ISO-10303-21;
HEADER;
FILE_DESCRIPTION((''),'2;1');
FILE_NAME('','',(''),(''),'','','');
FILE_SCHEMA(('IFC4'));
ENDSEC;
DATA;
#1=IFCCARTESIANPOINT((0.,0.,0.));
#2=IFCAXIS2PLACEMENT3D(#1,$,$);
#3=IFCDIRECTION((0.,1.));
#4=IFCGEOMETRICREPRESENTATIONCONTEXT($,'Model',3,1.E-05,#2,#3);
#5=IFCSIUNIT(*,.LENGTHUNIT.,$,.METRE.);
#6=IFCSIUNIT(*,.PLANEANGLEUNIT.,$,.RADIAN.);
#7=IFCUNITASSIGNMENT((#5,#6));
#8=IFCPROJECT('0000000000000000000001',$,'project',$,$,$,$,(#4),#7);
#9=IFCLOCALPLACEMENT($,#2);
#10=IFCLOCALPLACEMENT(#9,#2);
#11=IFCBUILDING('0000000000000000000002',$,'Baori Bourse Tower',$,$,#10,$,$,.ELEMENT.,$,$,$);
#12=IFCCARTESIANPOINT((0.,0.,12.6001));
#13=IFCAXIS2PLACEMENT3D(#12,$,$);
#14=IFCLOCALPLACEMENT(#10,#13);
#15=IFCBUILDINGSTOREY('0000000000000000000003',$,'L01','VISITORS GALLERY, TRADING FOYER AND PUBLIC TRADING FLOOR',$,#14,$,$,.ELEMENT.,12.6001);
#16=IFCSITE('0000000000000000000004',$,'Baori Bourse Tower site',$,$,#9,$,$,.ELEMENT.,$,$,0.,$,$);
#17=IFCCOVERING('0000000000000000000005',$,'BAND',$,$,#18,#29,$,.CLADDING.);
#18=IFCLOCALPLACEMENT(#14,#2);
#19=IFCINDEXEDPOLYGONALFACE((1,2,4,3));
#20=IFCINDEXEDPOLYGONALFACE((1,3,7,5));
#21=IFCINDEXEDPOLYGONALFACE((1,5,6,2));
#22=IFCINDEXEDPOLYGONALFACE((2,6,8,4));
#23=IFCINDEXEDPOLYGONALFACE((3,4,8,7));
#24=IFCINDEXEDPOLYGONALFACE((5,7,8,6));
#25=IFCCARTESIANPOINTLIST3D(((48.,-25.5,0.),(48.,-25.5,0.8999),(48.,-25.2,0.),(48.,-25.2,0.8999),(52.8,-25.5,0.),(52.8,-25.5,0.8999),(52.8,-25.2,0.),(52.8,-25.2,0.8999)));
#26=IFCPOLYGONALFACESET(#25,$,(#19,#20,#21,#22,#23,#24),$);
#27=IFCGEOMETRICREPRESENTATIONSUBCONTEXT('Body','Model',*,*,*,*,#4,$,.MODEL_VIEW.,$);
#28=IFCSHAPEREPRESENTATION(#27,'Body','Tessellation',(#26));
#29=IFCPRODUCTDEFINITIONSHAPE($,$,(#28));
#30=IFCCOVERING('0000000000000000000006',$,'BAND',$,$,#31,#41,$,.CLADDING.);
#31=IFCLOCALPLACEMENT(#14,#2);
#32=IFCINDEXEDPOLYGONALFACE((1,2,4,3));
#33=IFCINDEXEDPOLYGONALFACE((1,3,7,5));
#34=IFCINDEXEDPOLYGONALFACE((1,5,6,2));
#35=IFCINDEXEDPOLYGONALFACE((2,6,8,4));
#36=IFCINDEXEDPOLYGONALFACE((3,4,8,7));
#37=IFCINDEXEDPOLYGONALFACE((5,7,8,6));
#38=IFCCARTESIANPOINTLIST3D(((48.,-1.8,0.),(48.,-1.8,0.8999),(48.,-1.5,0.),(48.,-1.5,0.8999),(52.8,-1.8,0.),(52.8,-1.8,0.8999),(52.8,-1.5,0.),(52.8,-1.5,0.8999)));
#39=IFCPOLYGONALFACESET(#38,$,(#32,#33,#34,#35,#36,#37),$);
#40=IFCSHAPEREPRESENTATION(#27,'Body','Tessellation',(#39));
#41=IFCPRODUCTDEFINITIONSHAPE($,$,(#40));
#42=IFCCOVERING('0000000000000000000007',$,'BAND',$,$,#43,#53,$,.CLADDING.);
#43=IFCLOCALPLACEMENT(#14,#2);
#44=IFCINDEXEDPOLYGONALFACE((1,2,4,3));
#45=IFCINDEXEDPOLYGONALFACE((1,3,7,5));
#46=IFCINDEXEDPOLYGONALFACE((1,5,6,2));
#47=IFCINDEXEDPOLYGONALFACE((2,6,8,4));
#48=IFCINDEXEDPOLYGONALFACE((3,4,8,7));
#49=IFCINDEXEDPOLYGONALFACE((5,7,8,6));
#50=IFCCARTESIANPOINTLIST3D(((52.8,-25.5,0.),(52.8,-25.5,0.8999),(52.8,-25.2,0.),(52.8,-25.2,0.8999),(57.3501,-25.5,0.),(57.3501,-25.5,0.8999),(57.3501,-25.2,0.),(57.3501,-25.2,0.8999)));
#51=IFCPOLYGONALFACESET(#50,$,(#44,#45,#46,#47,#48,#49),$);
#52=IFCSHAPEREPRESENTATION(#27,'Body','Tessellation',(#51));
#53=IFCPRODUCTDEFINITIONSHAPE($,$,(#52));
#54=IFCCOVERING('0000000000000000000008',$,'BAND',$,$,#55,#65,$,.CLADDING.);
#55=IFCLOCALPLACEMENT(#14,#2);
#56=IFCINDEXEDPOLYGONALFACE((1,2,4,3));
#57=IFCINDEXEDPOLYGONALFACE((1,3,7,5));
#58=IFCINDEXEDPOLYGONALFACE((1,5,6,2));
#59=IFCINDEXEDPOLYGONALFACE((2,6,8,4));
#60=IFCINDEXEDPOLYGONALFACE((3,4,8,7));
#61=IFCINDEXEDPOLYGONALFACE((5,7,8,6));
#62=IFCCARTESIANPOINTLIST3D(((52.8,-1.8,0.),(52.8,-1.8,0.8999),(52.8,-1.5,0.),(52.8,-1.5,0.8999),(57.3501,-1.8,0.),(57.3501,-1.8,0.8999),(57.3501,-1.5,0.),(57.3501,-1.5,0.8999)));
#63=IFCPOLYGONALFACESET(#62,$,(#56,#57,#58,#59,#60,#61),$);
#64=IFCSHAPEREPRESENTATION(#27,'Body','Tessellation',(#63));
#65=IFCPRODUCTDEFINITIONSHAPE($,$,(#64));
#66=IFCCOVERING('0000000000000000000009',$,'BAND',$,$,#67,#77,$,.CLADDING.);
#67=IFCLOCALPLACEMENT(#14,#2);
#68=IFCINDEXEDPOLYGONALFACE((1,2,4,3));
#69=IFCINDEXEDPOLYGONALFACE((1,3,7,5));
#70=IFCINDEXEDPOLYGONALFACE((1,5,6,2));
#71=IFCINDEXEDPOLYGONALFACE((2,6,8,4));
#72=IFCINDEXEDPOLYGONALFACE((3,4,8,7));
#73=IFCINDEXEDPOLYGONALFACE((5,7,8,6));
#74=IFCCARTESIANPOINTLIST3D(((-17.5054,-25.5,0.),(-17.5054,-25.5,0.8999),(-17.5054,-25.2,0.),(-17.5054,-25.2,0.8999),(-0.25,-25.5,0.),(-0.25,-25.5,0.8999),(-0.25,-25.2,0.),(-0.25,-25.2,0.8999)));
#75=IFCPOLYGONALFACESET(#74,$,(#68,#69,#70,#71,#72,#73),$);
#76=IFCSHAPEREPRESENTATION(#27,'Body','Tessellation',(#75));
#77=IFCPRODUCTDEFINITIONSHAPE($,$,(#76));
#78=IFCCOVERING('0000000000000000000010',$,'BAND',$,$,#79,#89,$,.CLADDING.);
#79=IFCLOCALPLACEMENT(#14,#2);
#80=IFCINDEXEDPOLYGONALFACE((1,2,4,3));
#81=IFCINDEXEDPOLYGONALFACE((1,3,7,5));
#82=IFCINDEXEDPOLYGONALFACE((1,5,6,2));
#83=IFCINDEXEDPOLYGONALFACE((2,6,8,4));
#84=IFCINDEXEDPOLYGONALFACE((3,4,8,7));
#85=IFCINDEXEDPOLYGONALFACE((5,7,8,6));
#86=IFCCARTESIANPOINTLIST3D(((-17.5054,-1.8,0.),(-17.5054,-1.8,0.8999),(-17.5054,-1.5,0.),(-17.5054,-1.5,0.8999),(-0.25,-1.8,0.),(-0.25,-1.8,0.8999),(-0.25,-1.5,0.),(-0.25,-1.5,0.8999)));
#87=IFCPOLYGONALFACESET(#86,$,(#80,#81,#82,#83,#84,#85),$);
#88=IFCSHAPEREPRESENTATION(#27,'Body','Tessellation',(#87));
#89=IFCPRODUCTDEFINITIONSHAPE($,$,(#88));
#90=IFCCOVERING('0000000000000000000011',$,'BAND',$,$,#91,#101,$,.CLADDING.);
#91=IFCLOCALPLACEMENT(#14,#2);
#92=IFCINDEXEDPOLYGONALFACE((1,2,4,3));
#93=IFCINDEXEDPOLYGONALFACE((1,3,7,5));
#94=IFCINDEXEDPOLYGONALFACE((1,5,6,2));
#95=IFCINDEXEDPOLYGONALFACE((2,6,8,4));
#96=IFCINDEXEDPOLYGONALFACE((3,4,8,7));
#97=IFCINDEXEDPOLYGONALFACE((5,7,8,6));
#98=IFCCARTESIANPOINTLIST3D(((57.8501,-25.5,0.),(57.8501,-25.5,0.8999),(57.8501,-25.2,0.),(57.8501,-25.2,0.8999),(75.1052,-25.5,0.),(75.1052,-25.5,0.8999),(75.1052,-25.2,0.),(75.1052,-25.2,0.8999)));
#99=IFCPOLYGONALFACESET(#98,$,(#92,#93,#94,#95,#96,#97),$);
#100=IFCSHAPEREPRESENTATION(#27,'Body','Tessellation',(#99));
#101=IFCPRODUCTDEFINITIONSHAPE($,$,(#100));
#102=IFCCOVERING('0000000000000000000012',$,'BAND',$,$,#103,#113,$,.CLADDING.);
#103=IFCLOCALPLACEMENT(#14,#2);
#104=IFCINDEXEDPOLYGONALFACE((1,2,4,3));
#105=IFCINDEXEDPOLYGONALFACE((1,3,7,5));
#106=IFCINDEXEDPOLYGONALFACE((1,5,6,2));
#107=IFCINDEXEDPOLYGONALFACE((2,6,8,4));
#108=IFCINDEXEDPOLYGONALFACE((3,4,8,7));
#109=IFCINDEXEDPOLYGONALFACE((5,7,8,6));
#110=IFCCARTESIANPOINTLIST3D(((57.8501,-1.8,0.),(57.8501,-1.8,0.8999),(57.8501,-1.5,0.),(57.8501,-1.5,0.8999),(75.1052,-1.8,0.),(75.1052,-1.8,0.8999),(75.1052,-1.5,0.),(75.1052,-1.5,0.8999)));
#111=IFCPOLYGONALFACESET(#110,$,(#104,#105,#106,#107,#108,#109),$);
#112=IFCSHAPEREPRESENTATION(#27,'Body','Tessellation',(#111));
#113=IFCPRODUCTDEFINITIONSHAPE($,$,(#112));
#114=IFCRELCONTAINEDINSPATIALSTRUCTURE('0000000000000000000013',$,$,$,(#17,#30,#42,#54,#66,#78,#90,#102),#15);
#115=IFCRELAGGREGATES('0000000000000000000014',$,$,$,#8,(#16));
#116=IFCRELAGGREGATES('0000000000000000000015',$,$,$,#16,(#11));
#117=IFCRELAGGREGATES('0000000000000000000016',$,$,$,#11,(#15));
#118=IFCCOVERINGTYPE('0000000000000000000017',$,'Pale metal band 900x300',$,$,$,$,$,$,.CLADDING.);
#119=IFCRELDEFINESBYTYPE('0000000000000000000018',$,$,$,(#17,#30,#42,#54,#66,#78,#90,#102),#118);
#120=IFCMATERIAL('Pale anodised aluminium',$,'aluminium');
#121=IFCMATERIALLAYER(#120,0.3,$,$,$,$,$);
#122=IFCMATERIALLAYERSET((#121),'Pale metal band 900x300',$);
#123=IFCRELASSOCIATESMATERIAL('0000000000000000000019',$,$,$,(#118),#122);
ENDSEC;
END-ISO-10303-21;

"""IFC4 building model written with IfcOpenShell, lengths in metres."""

from ifc_helpers import new_model, si_unit, direction, frame, origin, place, context, subcontext, project, spatial, polyline, outline, extrude, material, layer, layer_set, type_object, element, save


model = new_model("IFC4")

# Units and contexts
model_context = context("Model", 3, precision=1e-05, world=origin(), true_north=direction((0.0, 1.0)))
body_context = subcontext(model_context, "Body", "Model", "MODEL_VIEW")
ifc_project = project(units=[si_unit("LENGTHUNIT", "METRE"), si_unit("PLANEANGLEUNIT", "RADIAN")], contexts=[model_context])

# Site, building, storey
site_placement = place(None, origin())
site = spatial("IfcSite", under=ifc_project, at=site_placement, Name="Baori Bourse Tower site", CompositionType="ELEMENT", RefElevation=0.0)
building_placement = place(site_placement, origin())
building = spatial("IfcBuilding", under=site, at=building_placement, Name="Baori Bourse Tower", CompositionType="ELEMENT")
storey_placement = place(building_placement, frame((0.0, 0.0, 12.6001)))
storey = spatial("IfcBuildingStorey", under=building, at=storey_placement, Name="L01", Description="VISITORS GALLERY, TRADING FOYER AND PUBLIC TRADING FLOOR", CompositionType="ELEMENT", Elevation=12.6001)

# Coverings
ifc_material_1 = material(Name="Pale anodised aluminium", Category="aluminium")
ifc_layer_1 = layer(ifc_material_1, 0.3)
ifc_layer_set_1 = layer_set([ifc_layer_1], Name="Pale metal band 900x300")
covering_type_1 = type_object("IfcCoveringType", Name="Pale metal band 900x300", PredefinedType="CLADDING", material=ifc_layer_set_1)
covering_1_placement = place(storey_placement, origin())
element("IfcCovering", 1, at=covering_1_placement, inside=storey, type_object=covering_type_1, Name="BAND", PredefinedType="CLADDING", context=body_context, shape_type="SweptSolid", body=[
    extrude(outline(polyline([(48.0, -25.5), (52.8, -25.5), (52.8, -25.2), (48.0, -25.2), (48.0, -25.5)])), origin(), (0.0, 0.0, 1.0), 0.8999),
])
covering_2_placement = place(storey_placement, origin())
element("IfcCovering", 2, at=covering_2_placement, inside=storey, type_object=covering_type_1, Name="BAND", PredefinedType="CLADDING", context=body_context, shape_type="SweptSolid", body=[
    extrude(outline(polyline([(48.0, -1.8), (52.8, -1.8), (52.8, -1.5), (48.0, -1.5), (48.0, -1.8)])), origin(), (0.0, 0.0, 1.0), 0.8999),
])
covering_3_placement = place(storey_placement, origin())
element("IfcCovering", 3, at=covering_3_placement, inside=storey, type_object=covering_type_1, Name="BAND", PredefinedType="CLADDING", context=body_context, shape_type="SweptSolid", body=[
    extrude(outline(polyline([(52.8, -25.5), (57.3501, -25.5), (57.3501, -25.2), (52.8, -25.2), (52.8, -25.5)])), origin(), (0.0, 0.0, 1.0), 0.8999),
])
covering_4_placement = place(storey_placement, origin())
element("IfcCovering", 4, at=covering_4_placement, inside=storey, type_object=covering_type_1, Name="BAND", PredefinedType="CLADDING", context=body_context, shape_type="SweptSolid", body=[
    extrude(outline(polyline([(52.8, -1.8), (57.3501, -1.8), (57.3501, -1.5), (52.8, -1.5), (52.8, -1.8)])), origin(), (0.0, 0.0, 1.0), 0.8999),
])
covering_5_placement = place(storey_placement, origin())
element("IfcCovering", 5, at=covering_5_placement, inside=storey, type_object=covering_type_1, Name="BAND", PredefinedType="CLADDING", context=body_context, shape_type="SweptSolid", body=[
    extrude(outline(polyline([(-17.5054, -25.5), (-0.25, -25.5), (-0.25, -25.2), (-17.5054, -25.2), (-17.5054, -25.5)])), origin(), (0.0, 0.0, 1.0), 0.8999),
])
covering_6_placement = place(storey_placement, origin())
element("IfcCovering", 6, at=covering_6_placement, inside=storey, type_object=covering_type_1, Name="BAND", PredefinedType="CLADDING", context=body_context, shape_type="SweptSolid", body=[
    extrude(outline(polyline([(-17.5054, -1.8), (-0.25, -1.8), (-0.25, -1.5), (-17.5054, -1.5), (-17.5054, -1.8)])), origin(), (0.0, 0.0, 1.0), 0.8999),
])
covering_7_placement = place(storey_placement, origin())
element("IfcCovering", 7, at=covering_7_placement, inside=storey, type_object=covering_type_1, Name="BAND", PredefinedType="CLADDING", context=body_context, shape_type="SweptSolid", body=[
    extrude(outline(polyline([(75.1052, -25.2), (57.8501, -25.2), (57.8501, -25.5), (75.1052, -25.5), (75.1052, -25.2)])), origin(), (0.0, 0.0, 1.0), 0.8999),
])
covering_8_placement = place(storey_placement, origin())
element("IfcCovering", 8, at=covering_8_placement, inside=storey, type_object=covering_type_1, Name="BAND", PredefinedType="CLADDING", context=body_context, shape_type="SweptSolid", body=[
    extrude(outline(polyline([(75.1052, -1.5), (57.8501, -1.5), (57.8501, -1.8), (75.1052, -1.8), (75.1052, -1.5)])), origin(), (0.0, 0.0, 1.0), 0.8999),
])

save(model, "model.ifc")
